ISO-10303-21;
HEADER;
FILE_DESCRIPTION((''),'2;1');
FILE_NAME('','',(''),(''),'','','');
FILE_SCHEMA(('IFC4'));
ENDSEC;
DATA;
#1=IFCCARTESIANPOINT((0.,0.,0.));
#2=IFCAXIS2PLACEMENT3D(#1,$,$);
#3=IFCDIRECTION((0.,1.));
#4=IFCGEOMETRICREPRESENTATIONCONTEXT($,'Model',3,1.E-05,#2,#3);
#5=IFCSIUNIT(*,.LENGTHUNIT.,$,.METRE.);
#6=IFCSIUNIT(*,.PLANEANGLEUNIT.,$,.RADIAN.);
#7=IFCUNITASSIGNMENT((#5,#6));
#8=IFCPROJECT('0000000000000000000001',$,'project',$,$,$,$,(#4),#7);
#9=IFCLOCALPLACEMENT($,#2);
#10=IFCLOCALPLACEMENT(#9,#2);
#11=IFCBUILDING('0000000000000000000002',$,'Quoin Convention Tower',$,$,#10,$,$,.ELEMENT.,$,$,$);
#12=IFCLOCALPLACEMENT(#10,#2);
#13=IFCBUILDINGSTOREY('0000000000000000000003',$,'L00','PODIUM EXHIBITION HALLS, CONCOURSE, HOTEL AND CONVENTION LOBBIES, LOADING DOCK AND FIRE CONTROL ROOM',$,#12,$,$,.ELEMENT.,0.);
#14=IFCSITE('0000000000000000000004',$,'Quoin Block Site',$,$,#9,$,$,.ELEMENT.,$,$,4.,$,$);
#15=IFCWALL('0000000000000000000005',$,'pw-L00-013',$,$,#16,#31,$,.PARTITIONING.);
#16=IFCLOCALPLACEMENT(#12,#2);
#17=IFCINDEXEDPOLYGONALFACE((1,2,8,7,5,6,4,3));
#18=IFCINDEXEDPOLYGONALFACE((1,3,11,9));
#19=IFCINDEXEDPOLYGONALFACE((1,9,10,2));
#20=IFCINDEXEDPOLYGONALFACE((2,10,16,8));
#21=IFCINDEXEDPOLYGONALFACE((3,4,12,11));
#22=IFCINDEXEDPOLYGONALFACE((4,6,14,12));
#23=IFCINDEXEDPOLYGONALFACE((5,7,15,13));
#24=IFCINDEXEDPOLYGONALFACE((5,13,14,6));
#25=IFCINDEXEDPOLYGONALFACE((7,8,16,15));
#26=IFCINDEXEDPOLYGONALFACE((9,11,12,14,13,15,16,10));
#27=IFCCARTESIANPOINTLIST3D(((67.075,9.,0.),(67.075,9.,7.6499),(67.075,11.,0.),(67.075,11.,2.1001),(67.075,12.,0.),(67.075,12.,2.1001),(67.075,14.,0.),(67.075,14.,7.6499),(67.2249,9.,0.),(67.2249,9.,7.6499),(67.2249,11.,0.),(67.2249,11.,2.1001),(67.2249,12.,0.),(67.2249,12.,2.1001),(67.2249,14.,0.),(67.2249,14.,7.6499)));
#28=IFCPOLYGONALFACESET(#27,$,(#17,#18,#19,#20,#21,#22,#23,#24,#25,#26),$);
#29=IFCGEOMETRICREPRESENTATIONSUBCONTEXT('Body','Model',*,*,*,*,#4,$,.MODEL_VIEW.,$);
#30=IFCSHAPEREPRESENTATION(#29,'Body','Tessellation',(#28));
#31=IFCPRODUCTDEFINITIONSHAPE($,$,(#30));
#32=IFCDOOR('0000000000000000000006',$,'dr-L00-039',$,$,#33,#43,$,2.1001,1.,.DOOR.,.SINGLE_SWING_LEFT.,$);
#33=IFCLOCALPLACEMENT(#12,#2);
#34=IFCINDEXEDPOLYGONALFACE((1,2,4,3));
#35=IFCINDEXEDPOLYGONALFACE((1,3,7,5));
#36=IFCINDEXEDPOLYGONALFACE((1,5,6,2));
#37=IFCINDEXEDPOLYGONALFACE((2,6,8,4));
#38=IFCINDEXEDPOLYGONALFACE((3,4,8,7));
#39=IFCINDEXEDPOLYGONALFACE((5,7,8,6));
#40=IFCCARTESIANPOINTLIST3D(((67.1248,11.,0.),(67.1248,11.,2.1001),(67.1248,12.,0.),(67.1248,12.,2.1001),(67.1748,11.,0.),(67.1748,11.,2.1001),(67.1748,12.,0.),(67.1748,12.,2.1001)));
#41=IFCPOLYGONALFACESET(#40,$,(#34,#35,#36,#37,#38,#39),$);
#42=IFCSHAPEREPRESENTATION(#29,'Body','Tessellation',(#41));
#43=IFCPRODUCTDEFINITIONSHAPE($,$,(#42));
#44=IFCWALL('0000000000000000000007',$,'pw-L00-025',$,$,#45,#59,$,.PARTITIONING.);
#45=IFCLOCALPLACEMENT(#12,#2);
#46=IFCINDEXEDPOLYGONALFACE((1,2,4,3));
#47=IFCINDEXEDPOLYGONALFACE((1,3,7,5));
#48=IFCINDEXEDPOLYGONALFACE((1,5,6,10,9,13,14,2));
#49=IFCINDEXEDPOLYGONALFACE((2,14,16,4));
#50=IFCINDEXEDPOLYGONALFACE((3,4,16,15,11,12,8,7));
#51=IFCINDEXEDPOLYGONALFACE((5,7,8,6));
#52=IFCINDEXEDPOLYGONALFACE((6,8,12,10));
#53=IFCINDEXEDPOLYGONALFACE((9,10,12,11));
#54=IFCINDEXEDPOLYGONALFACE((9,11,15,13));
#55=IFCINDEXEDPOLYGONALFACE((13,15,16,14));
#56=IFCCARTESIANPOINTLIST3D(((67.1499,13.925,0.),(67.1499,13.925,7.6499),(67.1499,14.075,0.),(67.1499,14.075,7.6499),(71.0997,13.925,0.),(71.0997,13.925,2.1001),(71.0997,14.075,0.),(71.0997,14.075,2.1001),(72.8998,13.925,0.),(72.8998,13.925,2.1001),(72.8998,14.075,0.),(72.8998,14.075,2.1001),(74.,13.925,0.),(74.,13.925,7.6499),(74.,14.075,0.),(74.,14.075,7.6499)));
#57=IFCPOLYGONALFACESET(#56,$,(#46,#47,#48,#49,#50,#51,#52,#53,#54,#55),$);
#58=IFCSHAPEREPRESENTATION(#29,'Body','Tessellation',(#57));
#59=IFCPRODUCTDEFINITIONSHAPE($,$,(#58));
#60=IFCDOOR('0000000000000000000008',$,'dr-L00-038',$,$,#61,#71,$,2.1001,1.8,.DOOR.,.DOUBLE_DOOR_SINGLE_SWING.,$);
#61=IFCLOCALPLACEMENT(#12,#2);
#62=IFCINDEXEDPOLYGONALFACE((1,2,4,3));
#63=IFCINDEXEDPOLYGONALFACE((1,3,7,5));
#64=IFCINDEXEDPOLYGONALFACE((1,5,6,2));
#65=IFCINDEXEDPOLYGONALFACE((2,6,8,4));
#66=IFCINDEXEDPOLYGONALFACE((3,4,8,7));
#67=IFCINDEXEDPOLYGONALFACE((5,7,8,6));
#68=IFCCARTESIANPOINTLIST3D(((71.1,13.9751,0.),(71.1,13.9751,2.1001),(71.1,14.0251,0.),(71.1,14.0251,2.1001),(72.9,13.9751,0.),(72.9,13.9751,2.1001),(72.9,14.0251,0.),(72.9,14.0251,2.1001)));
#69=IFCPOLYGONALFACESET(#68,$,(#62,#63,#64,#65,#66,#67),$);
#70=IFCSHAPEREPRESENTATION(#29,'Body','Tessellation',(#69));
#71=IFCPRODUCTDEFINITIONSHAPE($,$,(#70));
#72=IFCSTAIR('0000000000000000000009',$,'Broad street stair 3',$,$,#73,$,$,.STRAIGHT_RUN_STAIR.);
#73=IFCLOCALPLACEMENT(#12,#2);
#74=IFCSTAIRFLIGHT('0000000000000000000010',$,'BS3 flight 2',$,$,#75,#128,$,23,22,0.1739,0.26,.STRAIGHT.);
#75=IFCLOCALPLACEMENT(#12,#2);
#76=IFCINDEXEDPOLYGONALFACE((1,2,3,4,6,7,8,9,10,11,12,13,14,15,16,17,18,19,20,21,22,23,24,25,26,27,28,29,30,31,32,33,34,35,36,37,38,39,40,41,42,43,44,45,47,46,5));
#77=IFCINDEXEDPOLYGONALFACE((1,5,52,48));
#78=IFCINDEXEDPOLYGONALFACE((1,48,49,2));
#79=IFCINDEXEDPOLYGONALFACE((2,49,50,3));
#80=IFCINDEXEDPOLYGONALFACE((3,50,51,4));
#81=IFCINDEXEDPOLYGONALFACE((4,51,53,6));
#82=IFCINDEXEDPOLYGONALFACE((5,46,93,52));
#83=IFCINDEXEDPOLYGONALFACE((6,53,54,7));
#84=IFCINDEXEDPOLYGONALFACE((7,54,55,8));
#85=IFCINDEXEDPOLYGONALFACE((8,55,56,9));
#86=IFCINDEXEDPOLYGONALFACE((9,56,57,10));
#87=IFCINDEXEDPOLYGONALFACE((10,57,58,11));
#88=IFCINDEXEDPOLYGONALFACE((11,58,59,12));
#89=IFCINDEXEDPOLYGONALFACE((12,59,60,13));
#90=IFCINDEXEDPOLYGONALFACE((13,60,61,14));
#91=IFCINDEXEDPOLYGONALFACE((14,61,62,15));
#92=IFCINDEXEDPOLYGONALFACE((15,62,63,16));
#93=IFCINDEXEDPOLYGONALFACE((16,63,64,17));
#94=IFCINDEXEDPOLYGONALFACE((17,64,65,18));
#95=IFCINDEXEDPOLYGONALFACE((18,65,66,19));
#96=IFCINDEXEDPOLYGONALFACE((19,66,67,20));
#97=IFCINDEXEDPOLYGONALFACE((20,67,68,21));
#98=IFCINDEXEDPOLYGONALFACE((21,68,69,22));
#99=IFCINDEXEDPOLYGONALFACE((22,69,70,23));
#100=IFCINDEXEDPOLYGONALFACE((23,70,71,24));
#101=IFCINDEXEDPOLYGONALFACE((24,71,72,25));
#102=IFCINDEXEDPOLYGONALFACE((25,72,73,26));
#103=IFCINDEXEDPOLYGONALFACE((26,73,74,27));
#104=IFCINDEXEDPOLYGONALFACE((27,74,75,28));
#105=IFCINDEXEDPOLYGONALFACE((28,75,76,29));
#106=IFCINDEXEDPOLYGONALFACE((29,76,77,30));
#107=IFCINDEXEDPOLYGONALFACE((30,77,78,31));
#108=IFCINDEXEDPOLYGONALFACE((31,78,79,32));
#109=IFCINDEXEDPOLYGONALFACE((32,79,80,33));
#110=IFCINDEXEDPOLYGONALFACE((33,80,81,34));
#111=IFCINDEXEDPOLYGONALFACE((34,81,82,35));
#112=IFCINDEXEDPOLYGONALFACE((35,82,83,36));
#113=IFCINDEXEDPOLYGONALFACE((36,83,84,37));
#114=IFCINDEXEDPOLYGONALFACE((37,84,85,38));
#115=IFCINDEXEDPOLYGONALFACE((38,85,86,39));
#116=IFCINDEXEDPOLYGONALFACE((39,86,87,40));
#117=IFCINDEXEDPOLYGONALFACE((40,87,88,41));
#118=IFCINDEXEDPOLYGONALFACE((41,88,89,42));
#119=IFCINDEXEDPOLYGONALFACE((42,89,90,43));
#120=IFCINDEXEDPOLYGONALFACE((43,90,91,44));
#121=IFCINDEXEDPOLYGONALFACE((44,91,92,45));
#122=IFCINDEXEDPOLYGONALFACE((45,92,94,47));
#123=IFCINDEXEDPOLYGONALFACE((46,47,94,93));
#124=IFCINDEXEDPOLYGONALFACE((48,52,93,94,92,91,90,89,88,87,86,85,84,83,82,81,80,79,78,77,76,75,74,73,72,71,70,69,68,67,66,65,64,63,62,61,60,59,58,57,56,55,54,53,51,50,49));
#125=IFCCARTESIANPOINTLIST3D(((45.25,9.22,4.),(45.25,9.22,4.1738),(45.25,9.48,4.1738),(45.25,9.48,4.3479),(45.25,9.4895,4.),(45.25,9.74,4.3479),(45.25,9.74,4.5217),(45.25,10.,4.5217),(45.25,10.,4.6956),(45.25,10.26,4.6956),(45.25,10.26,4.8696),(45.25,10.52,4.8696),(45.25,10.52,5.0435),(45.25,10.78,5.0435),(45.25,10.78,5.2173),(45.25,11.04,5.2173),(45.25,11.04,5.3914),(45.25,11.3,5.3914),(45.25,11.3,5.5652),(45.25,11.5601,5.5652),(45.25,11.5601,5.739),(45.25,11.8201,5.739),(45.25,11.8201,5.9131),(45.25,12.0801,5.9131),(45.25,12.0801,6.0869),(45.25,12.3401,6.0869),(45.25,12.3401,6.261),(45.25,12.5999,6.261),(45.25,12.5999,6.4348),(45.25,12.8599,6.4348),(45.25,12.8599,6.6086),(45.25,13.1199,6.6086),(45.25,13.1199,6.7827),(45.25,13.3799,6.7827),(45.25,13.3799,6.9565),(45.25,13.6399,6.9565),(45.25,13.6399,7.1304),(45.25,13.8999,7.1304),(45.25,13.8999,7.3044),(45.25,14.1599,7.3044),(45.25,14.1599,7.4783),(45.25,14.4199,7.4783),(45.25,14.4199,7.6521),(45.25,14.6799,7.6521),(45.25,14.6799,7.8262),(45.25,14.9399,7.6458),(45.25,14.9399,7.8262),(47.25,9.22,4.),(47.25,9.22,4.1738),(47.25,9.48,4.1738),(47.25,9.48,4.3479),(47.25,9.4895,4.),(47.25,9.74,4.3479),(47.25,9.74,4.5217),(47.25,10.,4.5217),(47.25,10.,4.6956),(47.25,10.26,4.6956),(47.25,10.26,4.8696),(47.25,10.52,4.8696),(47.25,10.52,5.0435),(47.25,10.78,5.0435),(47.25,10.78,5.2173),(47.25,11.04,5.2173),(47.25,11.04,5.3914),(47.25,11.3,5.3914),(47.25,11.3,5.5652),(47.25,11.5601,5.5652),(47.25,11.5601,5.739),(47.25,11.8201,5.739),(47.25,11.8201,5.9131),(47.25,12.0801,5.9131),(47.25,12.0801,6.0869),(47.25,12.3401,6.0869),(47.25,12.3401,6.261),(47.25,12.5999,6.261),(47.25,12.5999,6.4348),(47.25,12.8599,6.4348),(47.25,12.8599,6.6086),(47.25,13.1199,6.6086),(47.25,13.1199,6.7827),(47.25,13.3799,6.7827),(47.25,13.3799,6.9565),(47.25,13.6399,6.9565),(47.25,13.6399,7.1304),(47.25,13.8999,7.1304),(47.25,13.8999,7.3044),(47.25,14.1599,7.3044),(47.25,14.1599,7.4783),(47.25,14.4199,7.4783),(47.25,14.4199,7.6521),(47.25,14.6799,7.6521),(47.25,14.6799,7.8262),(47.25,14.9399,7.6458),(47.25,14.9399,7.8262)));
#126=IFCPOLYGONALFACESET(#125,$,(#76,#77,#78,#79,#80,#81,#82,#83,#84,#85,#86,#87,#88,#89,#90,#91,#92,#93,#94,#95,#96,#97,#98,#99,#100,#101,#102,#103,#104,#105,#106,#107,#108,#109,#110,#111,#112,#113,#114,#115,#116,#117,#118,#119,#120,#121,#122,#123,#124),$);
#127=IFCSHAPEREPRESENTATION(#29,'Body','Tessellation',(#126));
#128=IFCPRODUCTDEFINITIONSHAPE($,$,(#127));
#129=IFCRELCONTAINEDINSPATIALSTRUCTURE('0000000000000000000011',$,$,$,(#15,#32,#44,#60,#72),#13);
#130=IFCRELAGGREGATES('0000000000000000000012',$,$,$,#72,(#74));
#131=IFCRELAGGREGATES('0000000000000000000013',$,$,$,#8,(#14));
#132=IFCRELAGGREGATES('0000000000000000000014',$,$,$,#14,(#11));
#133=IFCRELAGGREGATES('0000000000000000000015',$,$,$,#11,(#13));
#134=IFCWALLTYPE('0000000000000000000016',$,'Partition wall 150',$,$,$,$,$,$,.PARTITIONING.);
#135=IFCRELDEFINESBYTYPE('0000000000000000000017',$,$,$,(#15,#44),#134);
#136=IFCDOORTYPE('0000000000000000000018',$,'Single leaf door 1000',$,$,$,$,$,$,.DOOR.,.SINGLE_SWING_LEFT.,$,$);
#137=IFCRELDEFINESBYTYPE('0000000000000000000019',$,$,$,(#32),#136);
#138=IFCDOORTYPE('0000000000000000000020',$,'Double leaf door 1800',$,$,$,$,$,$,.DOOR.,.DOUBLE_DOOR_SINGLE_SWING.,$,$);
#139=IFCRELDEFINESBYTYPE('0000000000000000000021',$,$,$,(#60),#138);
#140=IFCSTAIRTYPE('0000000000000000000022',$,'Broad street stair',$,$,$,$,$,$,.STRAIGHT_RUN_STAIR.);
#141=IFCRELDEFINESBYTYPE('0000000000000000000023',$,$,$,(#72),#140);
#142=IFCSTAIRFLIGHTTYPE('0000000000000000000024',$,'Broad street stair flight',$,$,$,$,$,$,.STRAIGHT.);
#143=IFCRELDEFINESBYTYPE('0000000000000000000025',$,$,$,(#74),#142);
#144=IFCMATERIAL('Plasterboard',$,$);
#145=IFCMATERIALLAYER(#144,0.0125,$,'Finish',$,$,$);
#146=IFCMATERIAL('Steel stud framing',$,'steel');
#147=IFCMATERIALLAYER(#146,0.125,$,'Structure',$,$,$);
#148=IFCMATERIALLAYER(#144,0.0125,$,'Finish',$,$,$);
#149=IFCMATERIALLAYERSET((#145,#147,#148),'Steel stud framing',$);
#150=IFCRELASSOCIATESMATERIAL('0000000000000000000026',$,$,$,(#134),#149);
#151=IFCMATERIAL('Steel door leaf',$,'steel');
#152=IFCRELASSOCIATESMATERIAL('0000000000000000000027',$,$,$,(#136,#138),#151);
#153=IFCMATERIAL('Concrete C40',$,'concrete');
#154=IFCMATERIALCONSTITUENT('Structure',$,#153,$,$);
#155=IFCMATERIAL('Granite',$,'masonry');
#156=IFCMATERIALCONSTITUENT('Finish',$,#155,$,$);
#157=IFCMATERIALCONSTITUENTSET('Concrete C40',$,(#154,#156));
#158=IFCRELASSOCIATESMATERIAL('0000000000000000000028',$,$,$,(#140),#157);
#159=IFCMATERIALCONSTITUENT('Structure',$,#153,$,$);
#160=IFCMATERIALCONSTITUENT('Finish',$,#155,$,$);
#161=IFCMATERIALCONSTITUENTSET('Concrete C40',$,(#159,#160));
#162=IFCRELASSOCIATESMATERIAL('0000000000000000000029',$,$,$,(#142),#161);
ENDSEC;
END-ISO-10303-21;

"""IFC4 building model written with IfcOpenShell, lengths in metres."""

from ifc_helpers import new_model, si_unit, direction, frame, frame_2d, origin, place, context, subcontext, project, spatial, polyline, rectangle, outline, extrude, material, layer, layer_set, constituent, constituent_set, type_object, element, fill, aggregate, save


model = new_model("IFC4")

# Units and contexts
model_context = context("Model", 3, precision=1e-05, world=origin(), true_north=direction((0.0, 1.0)))
body_context = subcontext(model_context, "Body", "Model", "MODEL_VIEW")
ifc_project = project(units=[si_unit("LENGTHUNIT", "METRE"), si_unit("PLANEANGLEUNIT", "RADIAN")], contexts=[model_context])

# Site, building, storey
site_placement = place(None, origin())
site = spatial("IfcSite", under=ifc_project, at=site_placement, Name="Quoin Block Site", CompositionType="ELEMENT", RefElevation=4.0)
building_placement = place(site_placement, origin())
building = spatial("IfcBuilding", under=site, at=building_placement, Name="Quoin Convention Tower", CompositionType="ELEMENT")
storey_placement = place(building_placement, origin())
storey = spatial("IfcBuildingStorey", under=building, at=storey_placement, Name="L00", Description="PODIUM EXHIBITION HALLS, CONCOURSE, HOTEL AND CONVENTION LOBBIES, LOADING DOCK AND FIRE CONTROL ROOM", CompositionType="ELEMENT", Elevation=0.0)

# Shared definitions
ifc_material_1 = material(Name="Concrete C40", Category="concrete")

# Walls, openings, doors
ifc_material_2 = material(Name="Plasterboard")
ifc_material_3 = material(Name="Steel stud framing", Category="steel")
ifc_material_4 = material(Name="Steel door leaf", Category="steel")
ifc_layer_1 = layer(ifc_material_2, 0.0125, Name="Finish")
ifc_layer_2 = layer(ifc_material_3, 0.125, Name="Structure")
ifc_layer_3 = layer(ifc_material_2, 0.0125, Name="Finish")
ifc_layer_set_1 = layer_set([ifc_layer_1, ifc_layer_2, ifc_layer_3], Name="Steel stud framing")
wall_type_1 = type_object("IfcWallType", Name="Partition wall 150", PredefinedType="PARTITIONING", material=ifc_layer_set_1)
wall_1_placement = place(storey_placement, frame((67.1499, 9.0, 0.0), z_axis=(0.0, 0.0, 1.0), x_axis=(0.0, 1.0, 0.0)))
wall_1 = element("IfcWall", 1, at=wall_1_placement, inside=storey, type_object=wall_type_1, Name="pw-L00-013", PredefinedType="PARTITIONING", context=body_context, shape_type="SweptSolid", body=[
    extrude(rectangle(XDim=5.0, YDim=0.1499, at=frame_2d((2.5, 0.0))), origin(), (0.0, 0.0, 1.0), 7.6499),
])
opening_1_placement = place(wall_1_placement, frame((2.0, 0.0, 0.0)))
opening_1 = element("IfcOpeningElement", 2, at=opening_1_placement, cuts=wall_1, PredefinedType="OPENING", context=body_context, shape_type="SweptSolid", body=[
    extrude(rectangle(XDim=1.0, YDim=2.1001, at=frame_2d((0.5, 1.05))), frame((0.0, 0.085, 0.0), z_axis=(0.0, -1.0, 0.0), x_axis=(1.0, 0.0, 0.0)), (0.0, 0.0, 1.0), 0.1699),
])
door_type_1 = type_object("IfcDoorType", Name="Single leaf door 1000", OperationType="SINGLE_SWING_LEFT", PredefinedType="DOOR", material=ifc_material_4)
door_1_placement = place(opening_1_placement, frame((1.0, 0.0, 0.0), z_axis=(0.0, 0.0, 1.0), x_axis=(-1.0, 0.0, 0.0)))
door_1 = element("IfcDoor", 3, at=door_1_placement, inside=storey, type_object=door_type_1, Name="dr-L00-039", OperationType="SINGLE_SWING_LEFT", OverallHeight=2.1001, OverallWidth=1.0, PredefinedType="DOOR", context=body_context, shape_type="SweptSolid", body=[
    extrude(rectangle(XDim=1.0, YDim=2.1001, at=frame_2d((0.5, 1.05))), frame((0.0, 0.0249, 0.0), z_axis=(0.0, -1.0, 0.0), x_axis=(1.0, 0.0, 0.0)), (0.0, 0.0, 1.0), 0.05),
])
fill(opening_1, door_1)
wall_2_placement = place(storey_placement, frame((67.1499, 14.0, 0.0), z_axis=(0.0, 0.0, 1.0), x_axis=(1.0, 0.0, 0.0)))
wall_2 = element("IfcWall", 4, at=wall_2_placement, inside=storey, type_object=wall_type_1, Name="pw-L00-025", PredefinedType="PARTITIONING", context=body_context, shape_type="SweptSolid", body=[
    extrude(rectangle(XDim=6.8501, YDim=0.1499, at=frame_2d((3.425, 0.0))), origin(), (0.0, 0.0, 1.0), 7.6499),
])
opening_2_placement = place(wall_2_placement, frame((3.95, 0.0, 0.0)))
opening_2 = element("IfcOpeningElement", 5, at=opening_2_placement, cuts=wall_2, PredefinedType="OPENING", context=body_context, shape_type="SweptSolid", body=[
    extrude(rectangle(XDim=1.8, YDim=2.1001, at=frame_2d((0.8999, 1.05))), frame((0.0, 0.085, 0.0), z_axis=(0.0, -1.0, 0.0), x_axis=(1.0, 0.0, 0.0)), (0.0, 0.0, 1.0), 0.1699),
])
door_type_2 = type_object("IfcDoorType", Name="Double leaf door 1800", OperationType="DOUBLE_DOOR_SINGLE_SWING", PredefinedType="DOOR", material=ifc_material_4)
door_2_placement = place(opening_2_placement, frame((1.8, 0.0, 0.0), z_axis=(0.0, 0.0, 1.0), x_axis=(-1.0, 0.0, 0.0)))
door_2 = element("IfcDoor", 6, at=door_2_placement, inside=storey, type_object=door_type_2, Name="dr-L00-038", OperationType="DOUBLE_DOOR_SINGLE_SWING", OverallHeight=2.1001, OverallWidth=1.8, PredefinedType="DOOR", context=body_context, shape_type="SweptSolid", body=[
    extrude(rectangle(XDim=1.8, YDim=2.1001, at=frame_2d((0.8999, 1.05))), frame((0.0, 0.0249, 0.0), z_axis=(0.0, -1.0, 0.0), x_axis=(1.0, 0.0, 0.0)), (0.0, 0.0, 1.0), 0.05),
])
fill(opening_2, door_2)

# Stair, stair flight
ifc_constituent_1 = constituent(ifc_material_1, Name="Structure")
ifc_material_5 = material(Name="Granite", Category="masonry")
ifc_constituent_2 = constituent(ifc_material_5, Name="Finish")
ifc_constituent_set_1 = constituent_set(constituents=[ifc_constituent_1, ifc_constituent_2], Name="Concrete C40")
stair_type = type_object("IfcStairType", Name="Broad street stair", PredefinedType="STRAIGHT_RUN_STAIR", material=ifc_constituent_set_1)
stair_1_placement = place(storey_placement, origin())
stair_1 = element("IfcStair", 7, at=stair_1_placement, inside=storey, type_object=stair_type, Name="Broad street stair 3", PredefinedType="STRAIGHT_RUN_STAIR")
ifc_constituent_3 = constituent(ifc_material_1, Name="Structure")
ifc_constituent_4 = constituent(ifc_material_5, Name="Finish")
ifc_constituent_set_2 = constituent_set(constituents=[ifc_constituent_3, ifc_constituent_4], Name="Concrete C40")
stair_flight_type = type_object("IfcStairFlightType", Name="Broad street stair flight", PredefinedType="STRAIGHT", material=ifc_constituent_set_2)
stair_flight_1_placement = place(storey_placement, frame((46.25, 9.22, 4.0), z_axis=(0.0, 0.0, 1.0), x_axis=(0.0, 1.0, 0.0)))
stair_flight_1 = element("IfcStairFlight", 8, at=stair_flight_1_placement, type_object=stair_flight_type, Name="BS3 flight 2", NumberOfRisers=23, NumberOfTreads=22, PredefinedType="STRAIGHT", RiserHeight=0.1739, TreadLength=0.26, context=body_context, shape_type="SweptSolid", body=[
    extrude(outline(polyline([(0.0, 0.0), (0.0, 0.1738), (0.26, 0.1738), (0.26, 0.3479), (0.52, 0.3479), (0.52, 0.5217), (0.78, 0.5217), (0.78, 0.6956), (1.04, 0.6956), (1.04, 0.8696), (1.3, 0.8696), (1.3, 1.0435), (1.5601, 1.0435), (1.5601, 1.2173), (1.8201, 1.2173), (1.8201, 1.3914), (2.0801, 1.3914), (2.0801, 1.5652), (2.3401, 1.5652), (2.3401, 1.739), (2.6001, 1.739), (2.6001, 1.9131), (2.8601, 1.9131), (2.8601, 2.0869), (3.1201, 2.0869), (3.1201, 2.261), (3.3799, 2.261), (3.3799, 2.4348), (3.6399, 2.4348), (3.6399, 2.6086), (3.8999, 2.6086), (3.8999, 2.7827), (4.1599, 2.7827), (4.1599, 2.9565), (4.4199, 2.9565), (4.4199, 3.1304), (4.6799, 3.1304), (4.6799, 3.3044), (4.9399, 3.3044), (4.9399, 3.4783), (5.2, 3.4783), (5.2, 3.6521), (5.46, 3.6521), (5.46, 3.8262), (5.72, 3.8262), (5.72, 4.0), (5.72, 3.6458), (0.2695, 0.0), (0.0, 0.0)])), frame((0.0, 1.0, 0.0), z_axis=(0.0, -1.0, 0.0), x_axis=(1.0, 0.0, 0.0)), (0.0, 0.0, 1.0), 2.0),
])
aggregate(stair_1, [stair_flight_1])

save(model, "model.ifc")
